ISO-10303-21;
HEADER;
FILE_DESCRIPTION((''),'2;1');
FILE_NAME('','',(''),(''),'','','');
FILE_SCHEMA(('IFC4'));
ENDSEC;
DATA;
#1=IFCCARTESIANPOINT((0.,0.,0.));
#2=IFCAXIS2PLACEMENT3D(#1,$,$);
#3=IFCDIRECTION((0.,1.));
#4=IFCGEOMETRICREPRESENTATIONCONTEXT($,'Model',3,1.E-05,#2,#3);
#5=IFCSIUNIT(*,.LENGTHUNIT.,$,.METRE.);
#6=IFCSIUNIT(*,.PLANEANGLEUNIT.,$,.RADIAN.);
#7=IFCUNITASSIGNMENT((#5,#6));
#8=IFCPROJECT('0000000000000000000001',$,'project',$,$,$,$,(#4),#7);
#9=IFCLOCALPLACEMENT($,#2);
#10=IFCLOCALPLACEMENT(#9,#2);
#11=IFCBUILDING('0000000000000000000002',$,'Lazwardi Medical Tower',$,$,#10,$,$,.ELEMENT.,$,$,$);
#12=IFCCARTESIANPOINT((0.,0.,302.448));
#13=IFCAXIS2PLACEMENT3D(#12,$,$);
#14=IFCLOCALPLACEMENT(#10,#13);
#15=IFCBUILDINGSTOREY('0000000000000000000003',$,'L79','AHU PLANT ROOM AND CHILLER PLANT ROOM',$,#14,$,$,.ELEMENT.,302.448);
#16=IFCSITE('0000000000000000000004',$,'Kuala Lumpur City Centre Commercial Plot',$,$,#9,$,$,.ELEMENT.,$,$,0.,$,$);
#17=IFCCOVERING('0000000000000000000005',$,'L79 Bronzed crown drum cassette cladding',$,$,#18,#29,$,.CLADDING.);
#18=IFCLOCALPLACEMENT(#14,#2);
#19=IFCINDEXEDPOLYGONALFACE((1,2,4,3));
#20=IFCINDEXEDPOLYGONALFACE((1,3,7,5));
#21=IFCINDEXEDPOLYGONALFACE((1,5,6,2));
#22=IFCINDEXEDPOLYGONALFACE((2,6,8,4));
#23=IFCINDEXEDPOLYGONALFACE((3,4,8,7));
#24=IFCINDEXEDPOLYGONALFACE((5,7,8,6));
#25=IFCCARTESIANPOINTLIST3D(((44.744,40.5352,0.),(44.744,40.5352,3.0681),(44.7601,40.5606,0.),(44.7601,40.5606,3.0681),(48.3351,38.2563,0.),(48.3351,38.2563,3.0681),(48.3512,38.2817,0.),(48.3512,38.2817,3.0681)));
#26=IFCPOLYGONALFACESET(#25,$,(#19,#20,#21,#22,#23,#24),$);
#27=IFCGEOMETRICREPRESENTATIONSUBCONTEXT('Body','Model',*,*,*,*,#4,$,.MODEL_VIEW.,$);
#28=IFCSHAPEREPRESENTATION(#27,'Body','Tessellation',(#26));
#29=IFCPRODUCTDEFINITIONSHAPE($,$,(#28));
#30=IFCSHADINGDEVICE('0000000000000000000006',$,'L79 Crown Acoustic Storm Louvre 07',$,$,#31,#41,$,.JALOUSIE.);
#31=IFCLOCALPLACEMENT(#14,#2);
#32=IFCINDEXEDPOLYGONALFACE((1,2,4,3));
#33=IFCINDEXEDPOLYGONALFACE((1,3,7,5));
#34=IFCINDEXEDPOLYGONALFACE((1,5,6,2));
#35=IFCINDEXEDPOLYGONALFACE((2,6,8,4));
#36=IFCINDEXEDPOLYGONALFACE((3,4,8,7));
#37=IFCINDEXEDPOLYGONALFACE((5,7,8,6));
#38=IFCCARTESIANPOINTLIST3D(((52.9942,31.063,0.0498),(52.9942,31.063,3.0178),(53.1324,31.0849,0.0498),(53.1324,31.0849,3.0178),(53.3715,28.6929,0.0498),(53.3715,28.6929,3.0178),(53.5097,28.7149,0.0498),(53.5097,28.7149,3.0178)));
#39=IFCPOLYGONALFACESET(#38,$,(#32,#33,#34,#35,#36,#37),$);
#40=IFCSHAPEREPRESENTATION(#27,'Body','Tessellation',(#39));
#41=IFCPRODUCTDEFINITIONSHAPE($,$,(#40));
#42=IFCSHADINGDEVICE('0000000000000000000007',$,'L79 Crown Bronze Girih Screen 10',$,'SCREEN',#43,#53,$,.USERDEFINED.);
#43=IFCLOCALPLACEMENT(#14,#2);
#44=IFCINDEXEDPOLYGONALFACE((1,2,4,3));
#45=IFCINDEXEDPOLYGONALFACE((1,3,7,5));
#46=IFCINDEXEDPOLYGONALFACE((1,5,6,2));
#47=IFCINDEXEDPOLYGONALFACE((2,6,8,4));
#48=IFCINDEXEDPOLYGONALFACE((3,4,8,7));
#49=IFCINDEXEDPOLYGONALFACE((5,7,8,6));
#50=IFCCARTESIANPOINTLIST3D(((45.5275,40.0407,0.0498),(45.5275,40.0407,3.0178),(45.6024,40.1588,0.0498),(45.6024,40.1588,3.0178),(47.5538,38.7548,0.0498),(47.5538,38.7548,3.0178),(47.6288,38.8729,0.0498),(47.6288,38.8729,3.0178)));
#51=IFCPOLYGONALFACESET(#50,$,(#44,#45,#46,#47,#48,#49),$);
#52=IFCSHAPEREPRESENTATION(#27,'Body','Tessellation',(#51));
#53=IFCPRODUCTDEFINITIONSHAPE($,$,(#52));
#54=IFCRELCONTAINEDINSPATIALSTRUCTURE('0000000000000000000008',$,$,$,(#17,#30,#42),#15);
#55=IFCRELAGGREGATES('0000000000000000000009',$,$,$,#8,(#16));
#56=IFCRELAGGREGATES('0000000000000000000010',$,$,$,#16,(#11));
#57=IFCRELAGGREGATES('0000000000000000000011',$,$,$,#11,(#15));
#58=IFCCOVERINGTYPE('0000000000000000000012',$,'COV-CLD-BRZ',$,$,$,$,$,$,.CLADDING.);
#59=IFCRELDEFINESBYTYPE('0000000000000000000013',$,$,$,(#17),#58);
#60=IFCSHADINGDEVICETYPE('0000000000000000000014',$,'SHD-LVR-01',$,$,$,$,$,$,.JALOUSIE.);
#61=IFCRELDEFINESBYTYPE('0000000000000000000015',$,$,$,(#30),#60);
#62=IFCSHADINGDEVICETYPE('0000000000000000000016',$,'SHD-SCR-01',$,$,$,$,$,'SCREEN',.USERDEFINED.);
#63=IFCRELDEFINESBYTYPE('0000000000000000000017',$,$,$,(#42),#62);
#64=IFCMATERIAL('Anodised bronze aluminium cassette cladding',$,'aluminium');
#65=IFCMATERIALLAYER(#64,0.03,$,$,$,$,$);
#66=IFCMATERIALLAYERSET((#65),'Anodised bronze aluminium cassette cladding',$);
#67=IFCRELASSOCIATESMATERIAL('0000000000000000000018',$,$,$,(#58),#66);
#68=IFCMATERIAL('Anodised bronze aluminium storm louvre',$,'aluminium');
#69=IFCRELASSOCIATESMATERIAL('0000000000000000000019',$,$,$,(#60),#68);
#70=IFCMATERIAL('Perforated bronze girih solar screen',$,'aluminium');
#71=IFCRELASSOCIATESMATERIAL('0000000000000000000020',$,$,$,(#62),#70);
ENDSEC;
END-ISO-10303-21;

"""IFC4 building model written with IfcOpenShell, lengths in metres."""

from ifc_helpers import new_model, si_unit, direction, frame, origin, origin_2d, place, context, subcontext, project, spatial, rectangle, extrude, material, layer, layer_set, type_object, element, save


model = new_model("IFC4")

# Units and contexts
model_context = context("Model", 3, precision=1e-05, world=origin(), true_north=direction((0.0, 1.0)))
body_context = subcontext(model_context, "Body", "Model", "MODEL_VIEW")
ifc_project = project(units=[si_unit("LENGTHUNIT", "METRE"), si_unit("PLANEANGLEUNIT", "RADIAN")], contexts=[model_context])

# Site, building, storey
site_placement = place(None, origin())
site = spatial("IfcSite", under=ifc_project, at=site_placement, Name="Kuala Lumpur City Centre Commercial Plot", CompositionType="ELEMENT", RefElevation=0.0)
building_placement = place(site_placement, origin())
building = spatial("IfcBuilding", under=site, at=building_placement, Name="Lazwardi Medical Tower", CompositionType="ELEMENT")
storey_placement = place(building_placement, frame((0.0, 0.0, 302.448)))
storey = spatial("IfcBuildingStorey", under=building, at=storey_placement, Name="L79", Description="AHU PLANT ROOM AND CHILLER PLANT ROOM", CompositionType="ELEMENT", Elevation=302.448)

# Covering
ifc_material_1 = material(Name="Anodised bronze aluminium cassette cladding", Category="aluminium")
ifc_layer_1 = layer(ifc_material_1, 0.03)
ifc_layer_set_1 = layer_set([ifc_layer_1], Name="Anodised bronze aluminium cassette cladding")
covering_type = type_object("IfcCoveringType", Name="COV-CLD-BRZ", PredefinedType="CLADDING", material=ifc_layer_set_1)
covering_1_placement = place(storey_placement, frame((46.5476, 39.4084, 0.0), z_axis=(0.0, 0.0, 1.0), x_axis=(-0.844343, 0.535803, 0.0)))
element("IfcCovering", 1, at=covering_1_placement, inside=storey, type_object=covering_type, Name="L79 Bronzed crown drum cassette cladding", PredefinedType="CLADDING", context=body_context, shape_type="SweptSolid", body=[
    extrude(rectangle(XDim=4.2532, YDim=0.03, at=origin_2d()), origin(), (0.0, 0.0, 1.0), 3.0681),
])

# Shading devices
ifc_material_2 = material(Name="Anodised bronze aluminium storm louvre", Category="aluminium")
shading_device_type_1 = type_object("IfcShadingDeviceType", Name="SHD-LVR-01", PredefinedType="JALOUSIE", material=ifc_material_2)
shading_device_1_placement = place(storey_placement, frame((53.252, 29.8889, 0.0498), z_axis=(0.0, 0.0, 1.0), x_axis=(-0.157202, 0.987567, 0.0)))
element("IfcShadingDevice", 2, at=shading_device_1_placement, inside=storey, type_object=shading_device_type_1, Name="L79 Crown Acoustic Storm Louvre 07", PredefinedType="JALOUSIE", context=body_context, shape_type="SweptSolid", body=[
    extrude(rectangle(XDim=2.3999, YDim=0.1399, at=origin_2d()), origin(), (0.0, 0.0, 1.0), 2.968),
])
ifc_material_3 = material(Name="Perforated bronze girih solar screen", Category="aluminium")
shading_device_type_2 = type_object("IfcShadingDeviceType", Name="SHD-SCR-01", ElementType="SCREEN", PredefinedType="USERDEFINED", material=ifc_material_3)
shading_device_2_placement = place(storey_placement, frame((46.5781, 39.4568, 0.0498), z_axis=(0.0, 0.0, 1.0), x_axis=(-0.844343, 0.535803, 0.0)))
element("IfcShadingDevice", 3, at=shading_device_2_placement, inside=storey, type_object=shading_device_type_2, Name="L79 Crown Bronze Girih Screen 10", ObjectType="SCREEN", PredefinedType="USERDEFINED", context=body_context, shape_type="SweptSolid", body=[
    extrude(rectangle(XDim=2.3999, YDim=0.1399, at=origin_2d()), origin(), (0.0, 0.0, 1.0), 2.968),
])

save(model, "model.ifc")
